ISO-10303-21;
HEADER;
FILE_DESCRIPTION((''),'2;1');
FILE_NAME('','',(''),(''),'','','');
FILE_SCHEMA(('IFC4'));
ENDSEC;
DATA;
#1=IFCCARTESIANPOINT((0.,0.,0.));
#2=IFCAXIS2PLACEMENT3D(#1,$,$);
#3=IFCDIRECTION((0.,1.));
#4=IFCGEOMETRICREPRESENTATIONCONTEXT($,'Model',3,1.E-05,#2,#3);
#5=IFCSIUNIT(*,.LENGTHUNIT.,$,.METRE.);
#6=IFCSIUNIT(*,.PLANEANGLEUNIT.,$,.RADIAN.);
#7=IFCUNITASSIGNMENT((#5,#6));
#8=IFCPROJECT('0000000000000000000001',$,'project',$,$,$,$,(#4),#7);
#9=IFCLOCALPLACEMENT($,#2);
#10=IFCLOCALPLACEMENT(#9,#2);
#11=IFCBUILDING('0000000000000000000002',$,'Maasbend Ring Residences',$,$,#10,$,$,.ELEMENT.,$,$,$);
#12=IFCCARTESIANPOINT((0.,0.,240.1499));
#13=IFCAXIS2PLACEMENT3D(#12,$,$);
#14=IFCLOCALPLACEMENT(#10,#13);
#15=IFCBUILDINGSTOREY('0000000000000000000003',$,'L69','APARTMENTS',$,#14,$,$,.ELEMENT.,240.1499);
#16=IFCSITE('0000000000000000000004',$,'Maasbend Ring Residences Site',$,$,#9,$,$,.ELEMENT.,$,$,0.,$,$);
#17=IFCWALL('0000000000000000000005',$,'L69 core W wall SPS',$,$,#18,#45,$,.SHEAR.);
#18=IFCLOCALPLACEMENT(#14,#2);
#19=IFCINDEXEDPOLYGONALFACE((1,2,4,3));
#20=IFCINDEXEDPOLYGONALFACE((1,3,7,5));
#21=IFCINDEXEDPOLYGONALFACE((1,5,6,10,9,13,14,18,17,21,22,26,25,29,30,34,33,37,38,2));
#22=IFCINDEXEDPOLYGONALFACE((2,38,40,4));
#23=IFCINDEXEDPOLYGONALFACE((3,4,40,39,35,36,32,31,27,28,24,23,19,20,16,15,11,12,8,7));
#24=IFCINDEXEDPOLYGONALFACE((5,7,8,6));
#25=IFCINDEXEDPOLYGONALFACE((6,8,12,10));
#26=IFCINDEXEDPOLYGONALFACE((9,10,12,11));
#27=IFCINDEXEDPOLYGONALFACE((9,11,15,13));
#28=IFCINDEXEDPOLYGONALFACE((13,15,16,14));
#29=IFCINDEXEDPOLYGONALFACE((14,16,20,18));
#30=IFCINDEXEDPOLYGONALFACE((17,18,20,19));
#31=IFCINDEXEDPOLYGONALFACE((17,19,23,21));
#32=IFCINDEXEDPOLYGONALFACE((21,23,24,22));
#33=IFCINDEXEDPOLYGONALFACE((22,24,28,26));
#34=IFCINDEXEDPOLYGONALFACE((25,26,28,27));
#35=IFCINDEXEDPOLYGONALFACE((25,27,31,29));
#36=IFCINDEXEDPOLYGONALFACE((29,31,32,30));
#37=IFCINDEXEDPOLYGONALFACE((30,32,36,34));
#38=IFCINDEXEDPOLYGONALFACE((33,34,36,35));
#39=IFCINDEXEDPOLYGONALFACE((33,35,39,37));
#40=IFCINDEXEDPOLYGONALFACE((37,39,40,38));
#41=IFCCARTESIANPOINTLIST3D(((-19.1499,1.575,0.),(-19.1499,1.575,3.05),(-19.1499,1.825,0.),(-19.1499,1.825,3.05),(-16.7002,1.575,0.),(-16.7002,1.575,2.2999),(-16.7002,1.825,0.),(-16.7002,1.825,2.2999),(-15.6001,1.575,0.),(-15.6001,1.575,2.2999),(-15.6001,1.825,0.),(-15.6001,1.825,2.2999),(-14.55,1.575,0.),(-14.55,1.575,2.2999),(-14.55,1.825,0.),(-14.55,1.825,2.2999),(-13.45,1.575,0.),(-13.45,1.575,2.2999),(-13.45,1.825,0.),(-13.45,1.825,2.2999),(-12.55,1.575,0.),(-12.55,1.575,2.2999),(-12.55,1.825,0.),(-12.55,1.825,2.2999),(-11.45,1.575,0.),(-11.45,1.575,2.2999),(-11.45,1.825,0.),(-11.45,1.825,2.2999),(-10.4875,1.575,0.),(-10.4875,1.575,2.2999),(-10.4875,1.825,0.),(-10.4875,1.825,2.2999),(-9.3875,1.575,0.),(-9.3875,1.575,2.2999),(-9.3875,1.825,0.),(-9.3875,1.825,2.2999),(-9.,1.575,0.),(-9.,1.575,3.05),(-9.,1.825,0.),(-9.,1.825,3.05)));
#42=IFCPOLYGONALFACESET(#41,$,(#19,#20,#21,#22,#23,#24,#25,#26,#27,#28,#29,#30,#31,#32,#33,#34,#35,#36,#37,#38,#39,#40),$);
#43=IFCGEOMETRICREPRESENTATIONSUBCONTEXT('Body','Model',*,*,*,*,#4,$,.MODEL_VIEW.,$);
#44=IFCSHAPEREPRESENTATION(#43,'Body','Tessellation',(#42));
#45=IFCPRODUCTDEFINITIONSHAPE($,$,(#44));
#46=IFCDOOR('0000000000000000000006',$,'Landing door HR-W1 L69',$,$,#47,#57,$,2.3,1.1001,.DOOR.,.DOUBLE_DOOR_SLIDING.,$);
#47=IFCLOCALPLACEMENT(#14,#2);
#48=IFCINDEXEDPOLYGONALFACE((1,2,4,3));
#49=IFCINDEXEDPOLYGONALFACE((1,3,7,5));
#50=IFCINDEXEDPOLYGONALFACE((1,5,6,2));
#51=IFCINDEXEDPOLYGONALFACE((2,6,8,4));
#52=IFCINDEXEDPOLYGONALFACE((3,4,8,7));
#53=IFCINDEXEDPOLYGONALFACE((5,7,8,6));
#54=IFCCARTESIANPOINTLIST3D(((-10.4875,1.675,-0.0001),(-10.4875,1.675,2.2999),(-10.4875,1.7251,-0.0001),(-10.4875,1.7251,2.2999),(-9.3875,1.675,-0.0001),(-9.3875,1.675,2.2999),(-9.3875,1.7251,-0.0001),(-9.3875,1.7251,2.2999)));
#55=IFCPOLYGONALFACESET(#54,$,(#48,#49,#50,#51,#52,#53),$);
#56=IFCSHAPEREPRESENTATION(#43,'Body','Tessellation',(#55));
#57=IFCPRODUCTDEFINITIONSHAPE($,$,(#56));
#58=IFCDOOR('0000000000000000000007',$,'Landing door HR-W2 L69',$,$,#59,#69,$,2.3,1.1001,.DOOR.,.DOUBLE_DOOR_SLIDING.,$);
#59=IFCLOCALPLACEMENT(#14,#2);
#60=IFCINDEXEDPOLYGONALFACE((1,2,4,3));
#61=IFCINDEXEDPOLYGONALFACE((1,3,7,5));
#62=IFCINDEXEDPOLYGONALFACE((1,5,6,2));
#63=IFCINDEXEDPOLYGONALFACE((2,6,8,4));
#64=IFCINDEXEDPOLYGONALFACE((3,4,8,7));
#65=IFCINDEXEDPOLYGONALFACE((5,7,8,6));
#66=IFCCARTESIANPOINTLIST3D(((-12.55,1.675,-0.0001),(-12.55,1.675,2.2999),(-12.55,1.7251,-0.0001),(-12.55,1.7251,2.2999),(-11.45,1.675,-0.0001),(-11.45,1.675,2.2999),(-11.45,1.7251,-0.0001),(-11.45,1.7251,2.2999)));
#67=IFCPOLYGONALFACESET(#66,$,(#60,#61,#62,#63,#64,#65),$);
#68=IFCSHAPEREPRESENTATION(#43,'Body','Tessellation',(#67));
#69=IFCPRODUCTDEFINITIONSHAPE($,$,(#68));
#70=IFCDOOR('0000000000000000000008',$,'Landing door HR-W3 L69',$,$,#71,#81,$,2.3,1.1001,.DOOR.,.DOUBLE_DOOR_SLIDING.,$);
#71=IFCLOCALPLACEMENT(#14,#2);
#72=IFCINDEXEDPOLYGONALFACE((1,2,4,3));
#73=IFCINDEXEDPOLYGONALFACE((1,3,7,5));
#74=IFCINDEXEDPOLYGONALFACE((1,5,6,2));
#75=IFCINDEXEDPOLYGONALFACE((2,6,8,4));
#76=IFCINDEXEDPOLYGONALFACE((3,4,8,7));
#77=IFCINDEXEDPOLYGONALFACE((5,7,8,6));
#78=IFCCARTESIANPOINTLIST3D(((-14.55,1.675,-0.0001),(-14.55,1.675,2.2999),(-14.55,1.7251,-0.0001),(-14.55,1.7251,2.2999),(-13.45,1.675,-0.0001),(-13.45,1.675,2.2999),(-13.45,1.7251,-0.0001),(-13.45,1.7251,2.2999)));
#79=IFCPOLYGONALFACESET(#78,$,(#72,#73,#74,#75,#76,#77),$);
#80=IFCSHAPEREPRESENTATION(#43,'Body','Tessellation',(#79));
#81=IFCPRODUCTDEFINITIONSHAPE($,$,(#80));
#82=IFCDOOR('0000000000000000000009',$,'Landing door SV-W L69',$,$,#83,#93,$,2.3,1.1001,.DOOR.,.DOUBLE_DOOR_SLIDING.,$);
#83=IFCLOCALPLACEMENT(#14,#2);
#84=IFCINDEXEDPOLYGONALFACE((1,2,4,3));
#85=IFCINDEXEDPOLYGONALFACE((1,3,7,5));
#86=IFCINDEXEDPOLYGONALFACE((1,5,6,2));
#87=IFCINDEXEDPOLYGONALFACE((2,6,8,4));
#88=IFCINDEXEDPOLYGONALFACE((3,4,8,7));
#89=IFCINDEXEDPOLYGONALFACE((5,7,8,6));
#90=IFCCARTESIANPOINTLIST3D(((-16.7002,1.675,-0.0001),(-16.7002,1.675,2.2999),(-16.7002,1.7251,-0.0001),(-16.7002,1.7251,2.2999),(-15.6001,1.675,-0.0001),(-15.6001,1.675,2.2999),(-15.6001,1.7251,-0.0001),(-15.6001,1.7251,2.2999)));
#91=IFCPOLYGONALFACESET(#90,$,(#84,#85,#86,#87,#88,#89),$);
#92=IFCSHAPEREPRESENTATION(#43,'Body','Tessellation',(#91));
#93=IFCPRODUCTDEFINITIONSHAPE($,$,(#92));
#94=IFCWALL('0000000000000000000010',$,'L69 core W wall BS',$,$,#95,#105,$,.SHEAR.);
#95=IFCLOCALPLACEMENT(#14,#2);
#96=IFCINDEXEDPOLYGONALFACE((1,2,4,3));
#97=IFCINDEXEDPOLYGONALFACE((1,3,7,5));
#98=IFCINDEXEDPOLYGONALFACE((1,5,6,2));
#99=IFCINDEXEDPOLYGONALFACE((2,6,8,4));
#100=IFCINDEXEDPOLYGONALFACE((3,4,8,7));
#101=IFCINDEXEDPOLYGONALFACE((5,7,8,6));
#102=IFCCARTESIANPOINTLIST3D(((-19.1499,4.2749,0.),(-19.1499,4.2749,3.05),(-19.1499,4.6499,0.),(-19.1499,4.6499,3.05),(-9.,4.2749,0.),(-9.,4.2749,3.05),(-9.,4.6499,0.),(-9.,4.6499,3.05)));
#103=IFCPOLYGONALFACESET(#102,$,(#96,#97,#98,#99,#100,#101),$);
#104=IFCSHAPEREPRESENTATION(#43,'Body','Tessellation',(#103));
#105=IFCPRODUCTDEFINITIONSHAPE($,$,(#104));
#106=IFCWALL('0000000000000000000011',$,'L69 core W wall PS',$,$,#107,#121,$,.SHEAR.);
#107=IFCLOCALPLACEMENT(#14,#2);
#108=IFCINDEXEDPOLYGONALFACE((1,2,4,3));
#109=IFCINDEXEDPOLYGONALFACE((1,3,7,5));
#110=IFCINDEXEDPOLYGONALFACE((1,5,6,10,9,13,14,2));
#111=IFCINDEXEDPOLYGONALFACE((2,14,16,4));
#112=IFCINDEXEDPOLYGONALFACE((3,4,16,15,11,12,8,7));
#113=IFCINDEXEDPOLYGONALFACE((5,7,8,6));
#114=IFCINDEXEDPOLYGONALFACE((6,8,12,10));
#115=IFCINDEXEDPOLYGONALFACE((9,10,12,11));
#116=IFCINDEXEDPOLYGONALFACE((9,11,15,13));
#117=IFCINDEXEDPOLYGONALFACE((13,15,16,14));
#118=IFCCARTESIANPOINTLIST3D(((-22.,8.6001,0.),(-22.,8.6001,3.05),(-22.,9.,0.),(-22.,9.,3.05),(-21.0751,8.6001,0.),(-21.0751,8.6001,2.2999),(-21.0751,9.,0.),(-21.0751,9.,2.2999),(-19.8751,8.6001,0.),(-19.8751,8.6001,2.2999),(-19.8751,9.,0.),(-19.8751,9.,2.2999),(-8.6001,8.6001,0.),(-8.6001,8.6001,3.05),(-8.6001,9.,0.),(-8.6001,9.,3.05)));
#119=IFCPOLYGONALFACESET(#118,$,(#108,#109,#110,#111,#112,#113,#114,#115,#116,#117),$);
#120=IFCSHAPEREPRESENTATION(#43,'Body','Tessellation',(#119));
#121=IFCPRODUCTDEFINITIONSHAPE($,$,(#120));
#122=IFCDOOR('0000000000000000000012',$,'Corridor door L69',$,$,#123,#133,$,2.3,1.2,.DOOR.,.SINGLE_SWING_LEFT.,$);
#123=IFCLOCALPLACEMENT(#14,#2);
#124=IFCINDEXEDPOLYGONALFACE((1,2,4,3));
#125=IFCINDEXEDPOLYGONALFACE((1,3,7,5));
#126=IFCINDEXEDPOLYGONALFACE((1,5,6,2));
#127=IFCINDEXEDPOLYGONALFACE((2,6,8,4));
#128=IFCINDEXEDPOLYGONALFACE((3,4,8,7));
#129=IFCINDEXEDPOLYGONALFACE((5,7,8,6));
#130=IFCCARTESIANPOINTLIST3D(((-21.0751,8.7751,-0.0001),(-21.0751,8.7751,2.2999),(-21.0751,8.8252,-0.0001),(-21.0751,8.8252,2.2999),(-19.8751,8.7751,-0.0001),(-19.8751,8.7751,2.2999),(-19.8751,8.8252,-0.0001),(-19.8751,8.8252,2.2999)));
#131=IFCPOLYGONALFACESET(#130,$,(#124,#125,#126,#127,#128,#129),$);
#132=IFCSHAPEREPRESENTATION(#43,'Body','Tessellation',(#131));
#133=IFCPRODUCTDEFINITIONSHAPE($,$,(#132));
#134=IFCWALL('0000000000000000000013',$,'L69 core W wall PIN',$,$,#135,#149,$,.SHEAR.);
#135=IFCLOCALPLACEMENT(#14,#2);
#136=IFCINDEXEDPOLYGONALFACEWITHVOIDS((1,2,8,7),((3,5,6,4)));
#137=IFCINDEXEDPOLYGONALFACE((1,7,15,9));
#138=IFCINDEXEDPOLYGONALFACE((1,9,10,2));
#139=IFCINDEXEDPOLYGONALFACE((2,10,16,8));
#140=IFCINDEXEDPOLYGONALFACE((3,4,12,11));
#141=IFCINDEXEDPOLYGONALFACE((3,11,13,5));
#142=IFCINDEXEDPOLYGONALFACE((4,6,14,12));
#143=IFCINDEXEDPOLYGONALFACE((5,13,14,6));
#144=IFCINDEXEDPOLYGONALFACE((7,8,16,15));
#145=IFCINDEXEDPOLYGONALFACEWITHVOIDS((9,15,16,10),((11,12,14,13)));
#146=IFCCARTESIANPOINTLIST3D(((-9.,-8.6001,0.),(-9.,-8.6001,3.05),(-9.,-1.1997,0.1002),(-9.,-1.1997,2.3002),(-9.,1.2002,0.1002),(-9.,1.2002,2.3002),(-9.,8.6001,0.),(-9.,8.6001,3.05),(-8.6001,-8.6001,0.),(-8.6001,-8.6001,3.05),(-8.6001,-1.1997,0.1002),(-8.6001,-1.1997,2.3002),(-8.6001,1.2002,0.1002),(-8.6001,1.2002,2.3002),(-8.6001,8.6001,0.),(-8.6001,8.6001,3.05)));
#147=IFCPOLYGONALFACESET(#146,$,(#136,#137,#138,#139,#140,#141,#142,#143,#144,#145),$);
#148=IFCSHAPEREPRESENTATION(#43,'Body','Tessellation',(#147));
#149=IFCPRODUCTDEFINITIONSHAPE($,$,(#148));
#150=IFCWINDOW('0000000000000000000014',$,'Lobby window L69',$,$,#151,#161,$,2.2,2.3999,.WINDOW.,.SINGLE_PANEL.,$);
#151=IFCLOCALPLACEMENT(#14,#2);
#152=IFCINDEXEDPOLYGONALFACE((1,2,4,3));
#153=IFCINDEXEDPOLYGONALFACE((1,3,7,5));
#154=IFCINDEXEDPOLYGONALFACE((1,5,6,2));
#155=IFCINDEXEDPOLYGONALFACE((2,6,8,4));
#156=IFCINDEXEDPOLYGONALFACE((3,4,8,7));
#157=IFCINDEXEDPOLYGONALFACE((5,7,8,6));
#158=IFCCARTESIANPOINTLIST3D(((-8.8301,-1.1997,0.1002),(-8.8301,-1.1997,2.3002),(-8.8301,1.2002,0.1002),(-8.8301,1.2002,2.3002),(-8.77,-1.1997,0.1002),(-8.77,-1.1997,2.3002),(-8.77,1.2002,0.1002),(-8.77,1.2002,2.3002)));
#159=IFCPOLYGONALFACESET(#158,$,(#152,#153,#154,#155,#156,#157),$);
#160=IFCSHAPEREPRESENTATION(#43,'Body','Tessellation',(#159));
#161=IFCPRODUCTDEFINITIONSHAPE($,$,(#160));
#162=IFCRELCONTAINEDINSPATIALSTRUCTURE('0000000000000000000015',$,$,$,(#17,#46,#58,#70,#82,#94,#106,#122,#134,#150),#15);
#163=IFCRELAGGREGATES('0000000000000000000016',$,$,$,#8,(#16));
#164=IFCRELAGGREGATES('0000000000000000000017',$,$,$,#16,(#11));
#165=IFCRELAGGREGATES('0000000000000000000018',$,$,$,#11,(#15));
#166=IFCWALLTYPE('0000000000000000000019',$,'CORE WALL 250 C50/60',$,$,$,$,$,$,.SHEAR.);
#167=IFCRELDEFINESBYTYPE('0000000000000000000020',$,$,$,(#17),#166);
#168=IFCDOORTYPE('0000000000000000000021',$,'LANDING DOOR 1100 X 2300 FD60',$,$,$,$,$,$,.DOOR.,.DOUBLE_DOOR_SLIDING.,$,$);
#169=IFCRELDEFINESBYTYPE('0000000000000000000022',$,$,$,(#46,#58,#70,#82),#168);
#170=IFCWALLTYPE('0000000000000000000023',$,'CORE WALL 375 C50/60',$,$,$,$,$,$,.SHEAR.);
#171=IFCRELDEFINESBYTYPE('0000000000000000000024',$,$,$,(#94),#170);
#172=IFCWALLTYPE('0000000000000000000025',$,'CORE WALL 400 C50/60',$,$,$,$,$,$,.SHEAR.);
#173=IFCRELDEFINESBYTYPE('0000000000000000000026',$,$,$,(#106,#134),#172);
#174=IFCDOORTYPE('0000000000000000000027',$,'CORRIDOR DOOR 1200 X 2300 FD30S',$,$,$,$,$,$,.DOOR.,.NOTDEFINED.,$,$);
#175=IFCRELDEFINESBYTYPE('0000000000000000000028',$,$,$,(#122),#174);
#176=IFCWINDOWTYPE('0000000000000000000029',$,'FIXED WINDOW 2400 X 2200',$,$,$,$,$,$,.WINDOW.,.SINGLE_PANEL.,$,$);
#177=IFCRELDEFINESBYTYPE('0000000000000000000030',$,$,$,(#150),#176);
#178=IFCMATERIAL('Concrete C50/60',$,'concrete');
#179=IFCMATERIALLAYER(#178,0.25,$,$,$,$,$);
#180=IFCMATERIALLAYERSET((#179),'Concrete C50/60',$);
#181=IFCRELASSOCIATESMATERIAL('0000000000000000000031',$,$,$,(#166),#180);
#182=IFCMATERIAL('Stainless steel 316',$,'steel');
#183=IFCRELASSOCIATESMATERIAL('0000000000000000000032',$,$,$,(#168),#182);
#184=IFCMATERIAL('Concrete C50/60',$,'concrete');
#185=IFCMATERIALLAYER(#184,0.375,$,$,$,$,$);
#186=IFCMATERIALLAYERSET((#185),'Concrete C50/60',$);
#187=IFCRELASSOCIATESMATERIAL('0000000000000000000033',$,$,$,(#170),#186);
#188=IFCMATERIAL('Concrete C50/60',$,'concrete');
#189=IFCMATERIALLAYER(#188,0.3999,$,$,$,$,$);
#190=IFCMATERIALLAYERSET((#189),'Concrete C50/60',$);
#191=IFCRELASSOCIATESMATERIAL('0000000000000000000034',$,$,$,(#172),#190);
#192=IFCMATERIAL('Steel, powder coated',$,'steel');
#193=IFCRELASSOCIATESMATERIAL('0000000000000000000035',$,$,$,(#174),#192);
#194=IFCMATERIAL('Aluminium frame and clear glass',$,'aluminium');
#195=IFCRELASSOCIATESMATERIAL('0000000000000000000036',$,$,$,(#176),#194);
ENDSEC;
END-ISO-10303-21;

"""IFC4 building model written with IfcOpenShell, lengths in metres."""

from ifc_helpers import new_model, si_unit, direction, frame, frame_2d, origin, place, context, subcontext, project, spatial, rectangle, extrude, material, layer, layer_set, type_object, element, fill, save


model = new_model("IFC4")

# Units and contexts
model_context = context("Model", 3, precision=1e-05, world=origin(), true_north=direction((0.0, 1.0)))
body_context = subcontext(model_context, "Body", "Model", "MODEL_VIEW")
ifc_project = project(units=[si_unit("LENGTHUNIT", "METRE"), si_unit("PLANEANGLEUNIT", "RADIAN")], contexts=[model_context])

# Site, building, storey
site_placement = place(None, origin())
site = spatial("IfcSite", under=ifc_project, at=site_placement, Name="Maasbend Ring Residences Site", CompositionType="ELEMENT", RefElevation=0.0)
building_placement = place(site_placement, origin())
building = spatial("IfcBuilding", under=site, at=building_placement, Name="Maasbend Ring Residences", CompositionType="ELEMENT")
storey_placement = place(building_placement, frame((0.0, 0.0, 240.1499)))
storey = spatial("IfcBuildingStorey", under=building, at=storey_placement, Name="L69", Description="APARTMENTS", CompositionType="ELEMENT", Elevation=240.1499)

# Wall, openings, doors
ifc_material_1 = material(Name="Concrete C50/60", Category="concrete")
ifc_layer_1 = layer(ifc_material_1, 0.25)
ifc_layer_set_1 = layer_set([ifc_layer_1], Name="Concrete C50/60")
wall_type_1 = type_object("IfcWallType", Name="CORE WALL 250 C50/60", PredefinedType="SHEAR", material=ifc_layer_set_1)
wall_1_placement = place(storey_placement, frame((-9.0, 1.7, 0.0), z_axis=(0.0, 0.0, 1.0), x_axis=(-1.0, 0.0, 0.0)))
wall_1 = element("IfcWall", 1, at=wall_1_placement, inside=storey, type_object=wall_type_1, Name="L69 core W wall SPS", PredefinedType="SHEAR", context=body_context, shape_type="SweptSolid", body=[
    extrude(rectangle(XDim=10.1499, YDim=0.25, at=frame_2d((5.075, 0.0))), origin(), (0.0, 0.0, 1.0), 3.05),
])
opening_1_placement = place(wall_1_placement, frame((0.3875, 0.0, 0.0)))
opening_1 = element("IfcOpeningElement", 2, at=opening_1_placement, cuts=wall_1, PredefinedType="OPENING", context=body_context, shape_type="SweptSolid", body=[
    extrude(rectangle(XDim=1.1001, YDim=2.3, at=frame_2d((0.55, 1.1499))), frame((0.0, 0.135, 0.0), z_axis=(0.0, -1.0, 0.0), x_axis=(1.0, 0.0, 0.0)), (0.0, 0.0, 1.0), 0.27),
])
opening_2_placement = place(wall_1_placement, frame((2.45, 0.0, 0.0)))
opening_2 = element("IfcOpeningElement", 3, at=opening_2_placement, cuts=wall_1, PredefinedType="OPENING", context=body_context, shape_type="SweptSolid", body=[
    extrude(rectangle(XDim=1.1001, YDim=2.3, at=frame_2d((0.55, 1.1499))), frame((0.0, 0.135, 0.0), z_axis=(0.0, -1.0, 0.0), x_axis=(1.0, 0.0, 0.0)), (0.0, 0.0, 1.0), 0.27),
])
opening_3_placement = place(wall_1_placement, frame((4.45, 0.0, 0.0)))
opening_3 = element("IfcOpeningElement", 4, at=opening_3_placement, cuts=wall_1, PredefinedType="OPENING", context=body_context, shape_type="SweptSolid", body=[
    extrude(rectangle(XDim=1.1001, YDim=2.3, at=frame_2d((0.55, 1.1499))), frame((0.0, 0.135, 0.0), z_axis=(0.0, -1.0, 0.0), x_axis=(1.0, 0.0, 0.0)), (0.0, 0.0, 1.0), 0.27),
])
opening_4_placement = place(wall_1_placement, frame((6.6001, 0.0, 0.0)))
opening_4 = element("IfcOpeningElement", 5, at=opening_4_placement, cuts=wall_1, PredefinedType="OPENING", context=body_context, shape_type="SweptSolid", body=[
    extrude(rectangle(XDim=1.1001, YDim=2.3, at=frame_2d((0.55, 1.1499))), frame((0.0, 0.135, 0.0), z_axis=(0.0, -1.0, 0.0), x_axis=(1.0, 0.0, 0.0)), (0.0, 0.0, 1.0), 0.27),
])
ifc_material_2 = material(Name="Stainless steel 316", Category="steel")
door_type_1 = type_object("IfcDoorType", Name="LANDING DOOR 1100 X 2300 FD60", OperationType="DOUBLE_DOOR_SLIDING", PredefinedType="DOOR", material=ifc_material_2)
door_1_placement = place(opening_1_placement, origin())
door_1 = element("IfcDoor", 6, at=door_1_placement, inside=storey, type_object=door_type_1, Name="Landing door HR-W1 L69", OperationType="DOUBLE_DOOR_SLIDING", OverallHeight=2.3, OverallWidth=1.1001, PredefinedType="DOOR", context=body_context, shape_type="SweptSolid", body=[
    extrude(rectangle(XDim=1.1001, YDim=2.3, at=frame_2d((0.55, 1.1499))), frame((0.0, 0.0249, 0.0), z_axis=(0.0, -1.0, 0.0), x_axis=(1.0, 0.0, 0.0)), (0.0, 0.0, 1.0), 0.05),
])
fill(opening_1, door_1)
door_2_placement = place(opening_2_placement, origin())
door_2 = element("IfcDoor", 7, at=door_2_placement, inside=storey, type_object=door_type_1, Name="Landing door HR-W2 L69", OperationType="DOUBLE_DOOR_SLIDING", OverallHeight=2.3, OverallWidth=1.1001, PredefinedType="DOOR", context=body_context, shape_type="SweptSolid", body=[
    extrude(rectangle(XDim=1.1001, YDim=2.3, at=frame_2d((0.55, 1.1499))), frame((0.0, 0.0249, 0.0), z_axis=(0.0, -1.0, 0.0), x_axis=(1.0, 0.0, 0.0)), (0.0, 0.0, 1.0), 0.05),
])
fill(opening_2, door_2)
door_3_placement = place(opening_3_placement, origin())
door_3 = element("IfcDoor", 8, at=door_3_placement, inside=storey, type_object=door_type_1, Name="Landing door HR-W3 L69", OperationType="DOUBLE_DOOR_SLIDING", OverallHeight=2.3, OverallWidth=1.1001, PredefinedType="DOOR", context=body_context, shape_type="SweptSolid", body=[
    extrude(rectangle(XDim=1.1001, YDim=2.3, at=frame_2d((0.55, 1.1499))), frame((0.0, 0.0249, 0.0), z_axis=(0.0, -1.0, 0.0), x_axis=(1.0, 0.0, 0.0)), (0.0, 0.0, 1.0), 0.05),
])
fill(opening_3, door_3)
door_4_placement = place(opening_4_placement, origin())
door_4 = element("IfcDoor", 9, at=door_4_placement, inside=storey, type_object=door_type_1, Name="Landing door SV-W L69", OperationType="DOUBLE_DOOR_SLIDING", OverallHeight=2.3, OverallWidth=1.1001, PredefinedType="DOOR", context=body_context, shape_type="SweptSolid", body=[
    extrude(rectangle(XDim=1.1001, YDim=2.3, at=frame_2d((0.55, 1.1499))), frame((0.0, 0.0249, 0.0), z_axis=(0.0, -1.0, 0.0), x_axis=(1.0, 0.0, 0.0)), (0.0, 0.0, 1.0), 0.05),
])
fill(opening_4, door_4)

# Wall
ifc_material_3 = material(Name="Concrete C50/60", Category="concrete")
ifc_layer_2 = layer(ifc_material_3, 0.375)
ifc_layer_set_2 = layer_set([ifc_layer_2], Name="Concrete C50/60")
wall_type_2 = type_object("IfcWallType", Name="CORE WALL 375 C50/60", PredefinedType="SHEAR", material=ifc_layer_set_2)
wall_2_placement = place(storey_placement, frame((-9.0, 4.4624, 0.0), z_axis=(0.0, 0.0, 1.0), x_axis=(-1.0, 0.0, 0.0)))
element("IfcWall", 10, at=wall_2_placement, inside=storey, type_object=wall_type_2, Name="L69 core W wall BS", PredefinedType="SHEAR", context=body_context, shape_type="SweptSolid", body=[
    extrude(rectangle(XDim=10.1499, YDim=0.375, at=frame_2d((5.075, 0.0))), origin(), (0.0, 0.0, 1.0), 3.05),
])

# Wall, opening, door
ifc_material_4 = material(Name="Concrete C50/60", Category="concrete")
ifc_layer_3 = layer(ifc_material_4, 0.3999)
ifc_layer_set_3 = layer_set([ifc_layer_3], Name="Concrete C50/60")
wall_type_3 = type_object("IfcWallType", Name="CORE WALL 400 C50/60", PredefinedType="SHEAR", material=ifc_layer_set_3)
wall_3_placement = place(storey_placement, frame((-8.6001, 8.8, 0.0), z_axis=(0.0, 0.0, 1.0), x_axis=(-1.0, 0.0, 0.0)))
wall_3 = element("IfcWall", 11, at=wall_3_placement, inside=storey, type_object=wall_type_3, Name="L69 core W wall PS", PredefinedType="SHEAR", context=body_context, shape_type="SweptSolid", body=[
    extrude(rectangle(XDim=13.3999, YDim=0.3999, at=frame_2d((6.7, 0.0))), origin(), (0.0, 0.0, 1.0), 3.05),
])
opening_5_placement = place(wall_3_placement, frame((11.2749, 0.0, 0.0)))
opening_5 = element("IfcOpeningElement", 12, at=opening_5_placement, cuts=wall_3, PredefinedType="OPENING", context=body_context, shape_type="SweptSolid", body=[
    extrude(rectangle(XDim=1.2, YDim=2.3, at=frame_2d((0.6001, 1.1499))), frame((0.0, 0.21, 0.0), z_axis=(0.0, -1.0, 0.0), x_axis=(1.0, 0.0, 0.0)), (0.0, 0.0, 1.0), 0.4199),
])
ifc_material_5 = material(Name="Steel, powder coated", Category="steel")
door_type_2 = type_object("IfcDoorType", Name="CORRIDOR DOOR 1200 X 2300 FD30S", OperationType="NOTDEFINED", PredefinedType="DOOR", material=ifc_material_5)
door_5_placement = place(opening_5_placement, origin())
door_5 = element("IfcDoor", 13, at=door_5_placement, inside=storey, type_object=door_type_2, Name="Corridor door L69", OperationType="SINGLE_SWING_LEFT", OverallHeight=2.3, OverallWidth=1.2, PredefinedType="DOOR", context=body_context, shape_type="SweptSolid", body=[
    extrude(rectangle(XDim=1.2, YDim=2.3, at=frame_2d((0.6001, 1.1499))), frame((0.0, 0.0249, 0.0), z_axis=(0.0, -1.0, 0.0), x_axis=(1.0, 0.0, 0.0)), (0.0, 0.0, 1.0), 0.05),
])
fill(opening_5, door_5)

# Wall, opening, window
wall_4_placement = place(storey_placement, frame((-8.8, 8.6001, 0.0), z_axis=(0.0, 0.0, 1.0), x_axis=(0.0, -1.0, 0.0)))
wall_4 = element("IfcWall", 14, at=wall_4_placement, inside=storey, type_object=wall_type_3, Name="L69 core W wall PIN", PredefinedType="SHEAR", context=body_context, shape_type="SweptSolid", body=[
    extrude(rectangle(XDim=17.2002, YDim=0.3999, at=frame_2d((8.6001, 0.0))), origin(), (0.0, 0.0, 1.0), 3.05),
])
opening_6_placement = place(wall_4_placement, frame((7.3999, 0.0, 0.1001)))
opening_6 = element("IfcOpeningElement", 15, at=opening_6_placement, cuts=wall_4, PredefinedType="OPENING", context=body_context, shape_type="SweptSolid", body=[
    extrude(rectangle(XDim=2.3999, YDim=2.2, at=frame_2d((1.2, 1.1001))), frame((0.0, 0.21, 0.0), z_axis=(0.0, -1.0, 0.0), x_axis=(1.0, 0.0, 0.0)), (0.0, 0.0, 1.0), 0.4199),
])
ifc_material_6 = material(Name="Aluminium frame and clear glass", Category="aluminium")
window_type = type_object("IfcWindowType", Name="FIXED WINDOW 2400 X 2200", PartitioningType="SINGLE_PANEL", PredefinedType="WINDOW", material=ifc_material_6)
window_placement = place(opening_6_placement, origin())
window = element("IfcWindow", 16, at=window_placement, inside=storey, type_object=window_type, Name="Lobby window L69", OverallHeight=2.2, OverallWidth=2.3999, PartitioningType="SINGLE_PANEL", PredefinedType="WINDOW", context=body_context, shape_type="SweptSolid", body=[
    extrude(rectangle(XDim=2.3999, YDim=2.2, at=frame_2d((1.2, 1.1001))), frame((0.0, 0.03, 0.0), z_axis=(0.0, -1.0, 0.0), x_axis=(1.0, 0.0, 0.0)), (0.0, 0.0, 1.0), 0.0601),
])
fill(opening_6, window)

save(model, "model.ifc")
